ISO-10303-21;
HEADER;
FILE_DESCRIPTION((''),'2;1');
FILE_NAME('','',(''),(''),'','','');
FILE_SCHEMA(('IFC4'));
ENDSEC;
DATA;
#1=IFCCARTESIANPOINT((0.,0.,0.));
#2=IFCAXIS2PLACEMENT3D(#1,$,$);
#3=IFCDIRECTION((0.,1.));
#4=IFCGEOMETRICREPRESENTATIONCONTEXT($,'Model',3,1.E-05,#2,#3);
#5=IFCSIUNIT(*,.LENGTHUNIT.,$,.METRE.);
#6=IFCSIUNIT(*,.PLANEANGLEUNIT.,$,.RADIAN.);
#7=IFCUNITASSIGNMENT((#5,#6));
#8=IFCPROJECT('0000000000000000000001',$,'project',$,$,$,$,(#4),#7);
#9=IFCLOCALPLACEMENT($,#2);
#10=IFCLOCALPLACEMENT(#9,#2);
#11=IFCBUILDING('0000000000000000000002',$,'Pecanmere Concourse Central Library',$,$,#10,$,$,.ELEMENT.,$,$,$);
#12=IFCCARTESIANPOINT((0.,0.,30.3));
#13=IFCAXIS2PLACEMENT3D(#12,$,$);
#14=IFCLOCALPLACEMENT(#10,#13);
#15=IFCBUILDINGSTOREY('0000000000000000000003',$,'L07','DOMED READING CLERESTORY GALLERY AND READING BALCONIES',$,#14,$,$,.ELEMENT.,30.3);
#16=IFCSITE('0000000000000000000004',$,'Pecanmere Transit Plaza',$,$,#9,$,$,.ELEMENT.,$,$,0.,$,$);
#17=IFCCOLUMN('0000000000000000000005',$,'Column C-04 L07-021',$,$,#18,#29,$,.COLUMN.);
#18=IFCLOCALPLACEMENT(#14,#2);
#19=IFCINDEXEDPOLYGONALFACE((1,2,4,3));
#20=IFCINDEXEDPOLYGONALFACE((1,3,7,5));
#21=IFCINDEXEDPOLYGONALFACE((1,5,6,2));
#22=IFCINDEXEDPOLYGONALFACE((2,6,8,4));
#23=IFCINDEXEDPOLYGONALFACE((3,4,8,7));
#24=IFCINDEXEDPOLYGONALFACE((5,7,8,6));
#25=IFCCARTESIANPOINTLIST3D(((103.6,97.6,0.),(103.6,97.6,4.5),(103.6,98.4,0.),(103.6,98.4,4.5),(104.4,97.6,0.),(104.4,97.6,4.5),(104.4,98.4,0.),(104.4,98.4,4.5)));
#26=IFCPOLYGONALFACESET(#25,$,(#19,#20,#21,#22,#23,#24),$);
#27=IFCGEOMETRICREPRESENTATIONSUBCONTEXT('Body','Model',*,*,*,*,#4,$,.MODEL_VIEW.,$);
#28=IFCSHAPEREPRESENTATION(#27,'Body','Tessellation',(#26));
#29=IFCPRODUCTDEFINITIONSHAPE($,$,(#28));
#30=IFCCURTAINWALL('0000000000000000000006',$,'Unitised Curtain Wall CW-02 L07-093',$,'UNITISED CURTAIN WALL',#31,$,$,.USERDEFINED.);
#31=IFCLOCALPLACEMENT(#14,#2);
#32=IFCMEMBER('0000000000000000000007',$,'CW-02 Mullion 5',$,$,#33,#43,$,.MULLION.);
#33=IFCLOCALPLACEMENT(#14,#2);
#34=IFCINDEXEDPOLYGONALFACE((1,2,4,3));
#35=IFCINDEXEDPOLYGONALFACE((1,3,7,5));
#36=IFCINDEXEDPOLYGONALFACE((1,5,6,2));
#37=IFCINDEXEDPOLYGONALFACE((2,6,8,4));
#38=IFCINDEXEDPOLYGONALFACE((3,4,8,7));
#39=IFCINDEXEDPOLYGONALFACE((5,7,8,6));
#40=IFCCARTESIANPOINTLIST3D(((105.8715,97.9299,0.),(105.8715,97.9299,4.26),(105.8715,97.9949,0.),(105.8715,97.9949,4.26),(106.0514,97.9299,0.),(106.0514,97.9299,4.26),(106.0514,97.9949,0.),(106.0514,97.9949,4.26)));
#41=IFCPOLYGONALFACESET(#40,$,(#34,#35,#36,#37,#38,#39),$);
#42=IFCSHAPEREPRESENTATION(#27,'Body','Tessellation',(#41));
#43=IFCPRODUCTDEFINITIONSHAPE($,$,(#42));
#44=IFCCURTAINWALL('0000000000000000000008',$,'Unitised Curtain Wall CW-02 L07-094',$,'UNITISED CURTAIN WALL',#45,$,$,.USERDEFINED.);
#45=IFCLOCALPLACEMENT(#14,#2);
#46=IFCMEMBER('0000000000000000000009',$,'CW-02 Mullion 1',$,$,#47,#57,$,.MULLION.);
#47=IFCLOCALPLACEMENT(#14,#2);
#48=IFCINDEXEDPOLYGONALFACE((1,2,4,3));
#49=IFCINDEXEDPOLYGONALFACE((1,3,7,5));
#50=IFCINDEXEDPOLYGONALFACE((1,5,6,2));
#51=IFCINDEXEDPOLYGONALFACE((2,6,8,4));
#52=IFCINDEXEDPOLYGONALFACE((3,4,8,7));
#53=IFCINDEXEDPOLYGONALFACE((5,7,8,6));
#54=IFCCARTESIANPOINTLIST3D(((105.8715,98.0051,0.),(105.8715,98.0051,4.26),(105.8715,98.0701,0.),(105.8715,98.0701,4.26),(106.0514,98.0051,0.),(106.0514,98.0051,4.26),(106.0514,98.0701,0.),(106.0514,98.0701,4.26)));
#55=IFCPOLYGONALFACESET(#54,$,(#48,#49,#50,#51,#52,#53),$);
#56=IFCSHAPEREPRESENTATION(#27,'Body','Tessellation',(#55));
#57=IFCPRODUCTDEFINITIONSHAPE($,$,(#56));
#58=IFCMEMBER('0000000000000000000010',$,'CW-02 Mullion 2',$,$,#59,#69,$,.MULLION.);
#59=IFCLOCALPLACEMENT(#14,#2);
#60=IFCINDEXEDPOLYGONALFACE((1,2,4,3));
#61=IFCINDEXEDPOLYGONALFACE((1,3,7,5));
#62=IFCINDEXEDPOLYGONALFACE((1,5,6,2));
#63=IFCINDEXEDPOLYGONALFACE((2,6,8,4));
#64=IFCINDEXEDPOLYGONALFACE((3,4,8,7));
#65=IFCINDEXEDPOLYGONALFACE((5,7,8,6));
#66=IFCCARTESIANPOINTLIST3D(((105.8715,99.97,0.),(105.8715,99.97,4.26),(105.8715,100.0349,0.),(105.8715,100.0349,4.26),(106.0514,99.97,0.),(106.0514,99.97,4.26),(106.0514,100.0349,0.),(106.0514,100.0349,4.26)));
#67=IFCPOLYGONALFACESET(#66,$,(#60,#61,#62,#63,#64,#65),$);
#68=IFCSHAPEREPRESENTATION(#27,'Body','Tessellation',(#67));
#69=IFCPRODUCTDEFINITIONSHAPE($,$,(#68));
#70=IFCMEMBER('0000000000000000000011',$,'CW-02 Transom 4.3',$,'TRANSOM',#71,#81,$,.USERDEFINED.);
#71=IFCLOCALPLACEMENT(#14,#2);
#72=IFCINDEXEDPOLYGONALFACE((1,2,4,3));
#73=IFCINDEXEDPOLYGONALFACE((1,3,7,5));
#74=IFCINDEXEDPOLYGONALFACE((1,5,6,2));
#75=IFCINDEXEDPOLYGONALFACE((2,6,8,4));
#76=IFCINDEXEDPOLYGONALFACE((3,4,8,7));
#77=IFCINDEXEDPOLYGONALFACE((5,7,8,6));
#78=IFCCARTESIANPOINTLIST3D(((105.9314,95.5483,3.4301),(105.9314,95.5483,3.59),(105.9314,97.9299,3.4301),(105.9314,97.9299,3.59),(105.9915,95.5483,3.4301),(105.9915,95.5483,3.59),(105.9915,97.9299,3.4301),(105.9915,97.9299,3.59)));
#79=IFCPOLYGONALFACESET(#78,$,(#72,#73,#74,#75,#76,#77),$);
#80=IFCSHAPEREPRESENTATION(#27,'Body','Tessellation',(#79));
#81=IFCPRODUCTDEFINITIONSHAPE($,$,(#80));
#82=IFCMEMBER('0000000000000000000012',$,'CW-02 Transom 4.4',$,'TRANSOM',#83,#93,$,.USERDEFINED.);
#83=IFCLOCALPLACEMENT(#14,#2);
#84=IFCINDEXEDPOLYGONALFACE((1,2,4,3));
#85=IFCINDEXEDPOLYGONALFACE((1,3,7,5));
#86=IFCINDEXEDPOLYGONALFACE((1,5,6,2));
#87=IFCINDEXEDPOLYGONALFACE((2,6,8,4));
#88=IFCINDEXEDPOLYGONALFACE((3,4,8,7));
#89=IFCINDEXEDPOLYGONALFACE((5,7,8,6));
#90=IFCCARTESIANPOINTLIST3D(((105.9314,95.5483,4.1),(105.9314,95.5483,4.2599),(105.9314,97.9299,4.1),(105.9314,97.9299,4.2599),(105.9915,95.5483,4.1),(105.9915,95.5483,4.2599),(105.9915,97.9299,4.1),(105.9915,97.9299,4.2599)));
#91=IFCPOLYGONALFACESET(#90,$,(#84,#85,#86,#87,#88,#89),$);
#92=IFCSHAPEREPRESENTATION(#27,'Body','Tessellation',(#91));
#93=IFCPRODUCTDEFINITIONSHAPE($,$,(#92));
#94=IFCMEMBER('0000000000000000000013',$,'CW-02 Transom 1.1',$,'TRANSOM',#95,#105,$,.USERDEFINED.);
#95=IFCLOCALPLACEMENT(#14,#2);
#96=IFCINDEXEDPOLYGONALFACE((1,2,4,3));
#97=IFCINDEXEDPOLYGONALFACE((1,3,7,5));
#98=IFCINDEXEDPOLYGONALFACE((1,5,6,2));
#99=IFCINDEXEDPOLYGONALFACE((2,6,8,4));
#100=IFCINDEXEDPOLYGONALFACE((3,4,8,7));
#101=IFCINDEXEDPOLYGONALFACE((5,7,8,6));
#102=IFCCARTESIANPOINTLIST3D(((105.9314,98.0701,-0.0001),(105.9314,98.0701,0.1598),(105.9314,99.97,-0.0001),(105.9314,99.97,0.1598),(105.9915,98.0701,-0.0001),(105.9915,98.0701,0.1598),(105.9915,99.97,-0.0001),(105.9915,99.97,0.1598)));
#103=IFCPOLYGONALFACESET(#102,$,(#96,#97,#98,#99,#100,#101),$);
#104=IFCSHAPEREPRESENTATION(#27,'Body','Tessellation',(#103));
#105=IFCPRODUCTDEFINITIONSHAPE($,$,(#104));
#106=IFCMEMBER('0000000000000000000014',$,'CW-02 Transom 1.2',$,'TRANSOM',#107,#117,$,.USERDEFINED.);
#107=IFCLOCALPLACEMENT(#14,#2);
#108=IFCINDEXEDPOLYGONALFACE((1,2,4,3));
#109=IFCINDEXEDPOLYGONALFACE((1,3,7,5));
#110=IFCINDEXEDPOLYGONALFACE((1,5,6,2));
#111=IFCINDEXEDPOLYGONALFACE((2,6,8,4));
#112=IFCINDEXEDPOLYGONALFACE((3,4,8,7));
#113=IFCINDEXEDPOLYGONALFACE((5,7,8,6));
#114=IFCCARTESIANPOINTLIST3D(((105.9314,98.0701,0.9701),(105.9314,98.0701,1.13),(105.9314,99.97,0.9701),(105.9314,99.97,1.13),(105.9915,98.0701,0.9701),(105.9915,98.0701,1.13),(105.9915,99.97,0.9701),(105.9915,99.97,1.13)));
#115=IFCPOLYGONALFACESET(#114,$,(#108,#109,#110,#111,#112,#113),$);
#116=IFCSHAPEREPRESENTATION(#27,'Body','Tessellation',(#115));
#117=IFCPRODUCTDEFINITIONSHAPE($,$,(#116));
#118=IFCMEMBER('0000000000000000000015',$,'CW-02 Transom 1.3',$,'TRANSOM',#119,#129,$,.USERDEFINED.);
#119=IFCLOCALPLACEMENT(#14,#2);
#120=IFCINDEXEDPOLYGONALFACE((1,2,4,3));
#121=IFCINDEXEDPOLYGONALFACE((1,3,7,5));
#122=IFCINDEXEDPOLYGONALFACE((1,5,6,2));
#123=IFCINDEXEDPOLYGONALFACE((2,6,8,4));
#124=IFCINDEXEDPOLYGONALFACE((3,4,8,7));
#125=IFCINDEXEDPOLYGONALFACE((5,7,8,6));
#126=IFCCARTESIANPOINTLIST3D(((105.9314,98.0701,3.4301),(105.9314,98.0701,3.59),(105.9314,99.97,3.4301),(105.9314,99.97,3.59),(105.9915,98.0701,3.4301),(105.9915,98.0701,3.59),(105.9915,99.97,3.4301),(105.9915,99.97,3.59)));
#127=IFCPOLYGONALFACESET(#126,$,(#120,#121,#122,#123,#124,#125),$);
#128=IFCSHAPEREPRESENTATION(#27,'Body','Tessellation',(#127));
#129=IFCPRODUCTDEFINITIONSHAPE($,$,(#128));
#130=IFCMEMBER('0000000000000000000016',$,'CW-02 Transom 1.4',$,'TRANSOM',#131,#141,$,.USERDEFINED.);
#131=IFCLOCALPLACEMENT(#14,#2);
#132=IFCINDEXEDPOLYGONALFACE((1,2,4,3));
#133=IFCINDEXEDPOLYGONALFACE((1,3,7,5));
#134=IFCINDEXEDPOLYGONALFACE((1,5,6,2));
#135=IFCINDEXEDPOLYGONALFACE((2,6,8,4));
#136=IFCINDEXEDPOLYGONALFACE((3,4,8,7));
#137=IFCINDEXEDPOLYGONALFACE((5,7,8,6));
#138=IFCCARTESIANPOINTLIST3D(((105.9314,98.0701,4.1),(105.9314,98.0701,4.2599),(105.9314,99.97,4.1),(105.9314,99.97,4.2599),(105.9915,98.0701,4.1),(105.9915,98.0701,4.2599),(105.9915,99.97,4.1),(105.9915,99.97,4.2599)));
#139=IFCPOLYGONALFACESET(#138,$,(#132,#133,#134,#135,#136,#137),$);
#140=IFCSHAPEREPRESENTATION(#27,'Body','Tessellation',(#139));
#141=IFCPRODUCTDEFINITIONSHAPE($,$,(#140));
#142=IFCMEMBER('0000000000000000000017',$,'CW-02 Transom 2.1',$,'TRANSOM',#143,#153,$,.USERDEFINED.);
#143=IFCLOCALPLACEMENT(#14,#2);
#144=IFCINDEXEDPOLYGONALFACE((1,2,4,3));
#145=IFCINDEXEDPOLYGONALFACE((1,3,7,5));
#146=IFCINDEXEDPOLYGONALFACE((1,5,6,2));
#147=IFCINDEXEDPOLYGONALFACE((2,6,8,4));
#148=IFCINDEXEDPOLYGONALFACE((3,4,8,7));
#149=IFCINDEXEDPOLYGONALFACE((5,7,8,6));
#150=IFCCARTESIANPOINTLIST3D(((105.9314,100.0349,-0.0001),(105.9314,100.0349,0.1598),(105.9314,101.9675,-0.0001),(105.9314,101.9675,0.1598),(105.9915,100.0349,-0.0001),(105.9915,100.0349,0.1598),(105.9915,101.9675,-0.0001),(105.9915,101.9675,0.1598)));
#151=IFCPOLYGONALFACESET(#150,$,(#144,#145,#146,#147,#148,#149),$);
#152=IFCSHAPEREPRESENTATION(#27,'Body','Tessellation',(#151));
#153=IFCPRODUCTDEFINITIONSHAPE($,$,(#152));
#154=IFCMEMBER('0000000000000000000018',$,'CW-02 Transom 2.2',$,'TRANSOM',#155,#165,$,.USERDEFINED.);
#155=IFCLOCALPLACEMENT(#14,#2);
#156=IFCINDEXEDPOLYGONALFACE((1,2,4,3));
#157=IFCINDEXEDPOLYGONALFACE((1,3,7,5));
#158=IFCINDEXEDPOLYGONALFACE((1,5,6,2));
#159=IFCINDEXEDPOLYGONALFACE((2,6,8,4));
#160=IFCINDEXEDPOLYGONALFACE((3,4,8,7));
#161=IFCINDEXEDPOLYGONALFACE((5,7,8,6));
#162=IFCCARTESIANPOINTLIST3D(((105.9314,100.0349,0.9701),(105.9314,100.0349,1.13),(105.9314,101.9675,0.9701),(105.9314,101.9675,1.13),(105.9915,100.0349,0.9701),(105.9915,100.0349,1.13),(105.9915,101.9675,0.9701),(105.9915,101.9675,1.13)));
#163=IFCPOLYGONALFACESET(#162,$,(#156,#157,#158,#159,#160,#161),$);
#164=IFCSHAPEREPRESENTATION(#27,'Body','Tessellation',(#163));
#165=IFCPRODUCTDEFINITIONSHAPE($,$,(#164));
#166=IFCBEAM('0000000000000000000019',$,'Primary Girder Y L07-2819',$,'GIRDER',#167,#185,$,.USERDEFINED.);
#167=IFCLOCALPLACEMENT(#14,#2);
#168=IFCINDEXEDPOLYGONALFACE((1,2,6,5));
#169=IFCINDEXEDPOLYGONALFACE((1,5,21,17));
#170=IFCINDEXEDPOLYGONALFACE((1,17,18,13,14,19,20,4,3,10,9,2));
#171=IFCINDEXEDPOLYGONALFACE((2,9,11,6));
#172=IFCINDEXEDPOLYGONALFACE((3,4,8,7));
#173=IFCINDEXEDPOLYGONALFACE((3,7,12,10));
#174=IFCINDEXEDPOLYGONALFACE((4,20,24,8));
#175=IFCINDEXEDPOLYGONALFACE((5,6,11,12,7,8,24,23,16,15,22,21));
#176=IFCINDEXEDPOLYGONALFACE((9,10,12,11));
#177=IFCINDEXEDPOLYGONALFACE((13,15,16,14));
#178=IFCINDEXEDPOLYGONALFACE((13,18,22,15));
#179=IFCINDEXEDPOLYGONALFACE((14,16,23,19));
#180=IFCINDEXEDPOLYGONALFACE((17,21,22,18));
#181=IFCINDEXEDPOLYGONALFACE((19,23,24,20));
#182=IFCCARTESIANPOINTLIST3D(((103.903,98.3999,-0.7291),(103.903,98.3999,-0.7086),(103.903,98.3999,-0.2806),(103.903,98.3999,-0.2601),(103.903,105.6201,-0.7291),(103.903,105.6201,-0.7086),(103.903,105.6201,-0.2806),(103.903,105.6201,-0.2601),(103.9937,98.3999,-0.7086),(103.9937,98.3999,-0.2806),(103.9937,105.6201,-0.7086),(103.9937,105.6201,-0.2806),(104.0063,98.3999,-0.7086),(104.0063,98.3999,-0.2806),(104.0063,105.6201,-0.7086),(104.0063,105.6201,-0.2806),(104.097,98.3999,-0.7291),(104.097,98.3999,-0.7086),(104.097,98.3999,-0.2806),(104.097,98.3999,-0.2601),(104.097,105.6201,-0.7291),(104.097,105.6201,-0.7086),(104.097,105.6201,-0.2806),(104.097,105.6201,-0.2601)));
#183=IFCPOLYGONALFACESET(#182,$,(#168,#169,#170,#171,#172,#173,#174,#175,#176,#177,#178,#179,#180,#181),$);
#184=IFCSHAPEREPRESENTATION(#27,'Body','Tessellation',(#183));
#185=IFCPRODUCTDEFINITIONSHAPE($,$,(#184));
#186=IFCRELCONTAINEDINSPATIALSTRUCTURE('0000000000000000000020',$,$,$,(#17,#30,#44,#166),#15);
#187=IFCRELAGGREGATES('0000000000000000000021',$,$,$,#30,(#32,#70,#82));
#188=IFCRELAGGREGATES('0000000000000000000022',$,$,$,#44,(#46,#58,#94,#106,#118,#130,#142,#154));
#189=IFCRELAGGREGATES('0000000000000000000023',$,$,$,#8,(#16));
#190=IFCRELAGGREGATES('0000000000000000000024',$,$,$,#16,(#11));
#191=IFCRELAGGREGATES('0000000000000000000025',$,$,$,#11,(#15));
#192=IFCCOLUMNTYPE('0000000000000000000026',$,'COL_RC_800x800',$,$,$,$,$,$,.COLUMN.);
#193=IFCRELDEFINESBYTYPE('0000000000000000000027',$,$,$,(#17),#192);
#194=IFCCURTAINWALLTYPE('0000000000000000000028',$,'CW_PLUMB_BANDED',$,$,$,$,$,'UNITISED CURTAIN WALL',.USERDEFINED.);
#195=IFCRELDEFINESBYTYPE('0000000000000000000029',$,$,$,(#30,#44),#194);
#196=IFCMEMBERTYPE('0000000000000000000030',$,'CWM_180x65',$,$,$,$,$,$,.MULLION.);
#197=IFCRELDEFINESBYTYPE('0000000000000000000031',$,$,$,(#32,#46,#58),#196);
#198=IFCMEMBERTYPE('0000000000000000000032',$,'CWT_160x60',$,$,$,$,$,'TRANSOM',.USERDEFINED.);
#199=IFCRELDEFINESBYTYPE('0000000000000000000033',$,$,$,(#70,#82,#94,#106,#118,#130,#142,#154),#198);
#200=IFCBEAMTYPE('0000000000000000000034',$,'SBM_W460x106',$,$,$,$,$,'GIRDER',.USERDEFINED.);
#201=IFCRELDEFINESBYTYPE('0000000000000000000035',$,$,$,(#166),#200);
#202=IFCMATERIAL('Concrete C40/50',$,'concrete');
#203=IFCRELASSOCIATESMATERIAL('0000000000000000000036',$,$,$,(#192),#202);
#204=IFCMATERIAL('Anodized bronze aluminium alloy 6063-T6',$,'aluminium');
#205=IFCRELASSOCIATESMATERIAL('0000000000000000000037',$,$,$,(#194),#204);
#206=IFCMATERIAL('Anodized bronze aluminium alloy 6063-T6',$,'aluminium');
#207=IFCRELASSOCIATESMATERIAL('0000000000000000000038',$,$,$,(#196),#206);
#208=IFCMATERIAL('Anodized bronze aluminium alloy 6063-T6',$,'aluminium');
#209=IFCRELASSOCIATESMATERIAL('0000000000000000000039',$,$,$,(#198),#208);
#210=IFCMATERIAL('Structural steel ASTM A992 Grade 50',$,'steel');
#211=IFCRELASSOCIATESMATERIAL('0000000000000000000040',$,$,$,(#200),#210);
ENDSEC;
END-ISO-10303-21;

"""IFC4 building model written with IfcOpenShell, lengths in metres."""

from ifc_helpers import new_model, si_unit, direction, frame, origin, origin_2d, place, context, subcontext, project, spatial, rectangle, i_section, extrude, material, material_profile, profile_set, type_object, element, aggregate, save


model = new_model("IFC4")

# Units and contexts
model_context = context("Model", 3, precision=1e-05, world=origin(), true_north=direction((0.0, 1.0)))
body_context = subcontext(model_context, "Body", "Model", "MODEL_VIEW")
ifc_project = project(units=[si_unit("LENGTHUNIT", "METRE"), si_unit("PLANEANGLEUNIT", "RADIAN")], contexts=[model_context])

# Site, building, storey
site_placement = place(None, origin())
site = spatial("IfcSite", under=ifc_project, at=site_placement, Name="Pecanmere Transit Plaza", CompositionType="ELEMENT", RefElevation=0.0)
building_placement = place(site_placement, origin())
building = spatial("IfcBuilding", under=site, at=building_placement, Name="Pecanmere Concourse Central Library", CompositionType="ELEMENT")
storey_placement = place(building_placement, frame((0.0, 0.0, 30.3)))
storey = spatial("IfcBuildingStorey", under=building, at=storey_placement, Name="L07", Description="DOMED READING CLERESTORY GALLERY AND READING BALCONIES", CompositionType="ELEMENT", Elevation=30.3)

# Column
ifc_material_1 = material(Name="Concrete C40/50", Category="concrete")
ifc_material_profile_1 = material_profile(ifc_material_1, rectangle(XDim=0.8, YDim=0.8, at=origin_2d()), Name="RC 800x800")
ifc_profile_set_1 = profile_set([ifc_material_profile_1], Name="Concrete C40/50")
column_type = type_object("IfcColumnType", Name="COL_RC_800x800", PredefinedType="COLUMN", material=ifc_profile_set_1)
column_placement = place(storey_placement, frame((104.0, 98.0, 0.0), z_axis=(0.0, 0.0, 1.0), x_axis=(1.0, 0.0, 0.0)))
element("IfcColumn", 1, at=column_placement, inside=storey, type_object=column_type, Name="Column C-04 L07-021", PredefinedType="COLUMN", context=body_context, shape_type="SweptSolid", body=[
    extrude(rectangle(XDim=0.8, YDim=0.8, at=origin_2d()), origin(), (0.0, 0.0, 1.0), 4.5),
])

# Curtain wall, member
ifc_material_2 = material(Name="Anodized bronze aluminium alloy 6063-T6", Category="aluminium")
curtain_wall_type = type_object("IfcCurtainWallType", Name="CW_PLUMB_BANDED", ElementType="UNITISED CURTAIN WALL", PredefinedType="USERDEFINED", material=ifc_material_2)
curtain_wall_1_placement = place(storey_placement, origin())
curtain_wall_1 = element("IfcCurtainWall", 2, at=curtain_wall_1_placement, inside=storey, type_object=curtain_wall_type, Name="Unitised Curtain Wall CW-02 L07-093", ObjectType="UNITISED CURTAIN WALL", PredefinedType="USERDEFINED")
ifc_material_3 = material(Name="Anodized bronze aluminium alloy 6063-T6", Category="aluminium")
ifc_material_profile_2 = material_profile(ifc_material_3, rectangle(XDim=0.0649, YDim=0.1799, at=origin_2d()), Name="AL 65x180")
ifc_profile_set_2 = profile_set([ifc_material_profile_2], Name="Anodized bronze aluminium alloy 6063-T6")
member_type_1 = type_object("IfcMemberType", Name="CWM_180x65", PredefinedType="MULLION", material=ifc_profile_set_2)
member_1_placement = place(storey_placement, frame((105.9614, 97.9624, 0.0), z_axis=(0.0, 0.0, 1.0), x_axis=(0.0, 1.0, 0.0)))
member_1 = element("IfcMember", 3, at=member_1_placement, type_object=member_type_1, Name="CW-02 Mullion 5", PredefinedType="MULLION", context=body_context, shape_type="SweptSolid", body=[
    extrude(rectangle(XDim=0.0649, YDim=0.1799, at=origin_2d()), origin(), (0.0, 0.0, 1.0), 4.26),
])

# Curtain wall, members
curtain_wall_2_placement = place(storey_placement, origin())
curtain_wall_2 = element("IfcCurtainWall", 4, at=curtain_wall_2_placement, inside=storey, type_object=curtain_wall_type, Name="Unitised Curtain Wall CW-02 L07-094", ObjectType="UNITISED CURTAIN WALL", PredefinedType="USERDEFINED")
member_2_placement = place(storey_placement, frame((105.9614, 98.0376, 0.0), z_axis=(0.0, 0.0, 1.0), x_axis=(0.0, 1.0, 0.0)))
member_2 = element("IfcMember", 5, at=member_2_placement, type_object=member_type_1, Name="CW-02 Mullion 1", PredefinedType="MULLION", context=body_context, shape_type="SweptSolid", body=[
    extrude(rectangle(XDim=0.0649, YDim=0.1799, at=origin_2d()), origin(), (0.0, 0.0, 1.0), 4.26),
])
member_3_placement = place(storey_placement, frame((105.9614, 100.0024, 0.0), z_axis=(0.0, 0.0, 1.0), x_axis=(0.0, 1.0, 0.0)))
member_3 = element("IfcMember", 6, at=member_3_placement, type_object=member_type_1, Name="CW-02 Mullion 2", PredefinedType="MULLION", context=body_context, shape_type="SweptSolid", body=[
    extrude(rectangle(XDim=0.0649, YDim=0.1799, at=origin_2d()), origin(), (0.0, 0.0, 1.0), 4.26),
])

# Members
ifc_material_4 = material(Name="Anodized bronze aluminium alloy 6063-T6", Category="aluminium")
ifc_material_profile_3 = material_profile(ifc_material_4, rectangle(XDim=0.0601, YDim=0.1599, at=origin_2d()), Name="AL 60x160")
ifc_profile_set_3 = profile_set([ifc_material_profile_3], Name="Anodized bronze aluminium alloy 6063-T6")
member_type_2 = type_object("IfcMemberType", Name="CWT_160x60", ElementType="TRANSOM", PredefinedType="USERDEFINED", material=ifc_profile_set_3)
member_4_placement = place(storey_placement, frame((105.9614, 95.5483, 3.51), z_axis=(0.0, 1.0, 0.0), x_axis=(-1.0, 0.0, 0.0)))
member_4 = element("IfcMember", 7, at=member_4_placement, type_object=member_type_2, Name="CW-02 Transom 4.3", ObjectType="TRANSOM", PredefinedType="USERDEFINED", context=body_context, shape_type="SweptSolid", body=[
    extrude(rectangle(XDim=0.0601, YDim=0.1599, at=origin_2d()), origin(), (0.0, 0.0, 1.0), 2.3816),
])
member_5_placement = place(storey_placement, frame((105.9614, 95.5483, 4.1799), z_axis=(0.0, 1.0, 0.0), x_axis=(-1.0, 0.0, 0.0)))
member_5 = element("IfcMember", 8, at=member_5_placement, type_object=member_type_2, Name="CW-02 Transom 4.4", ObjectType="TRANSOM", PredefinedType="USERDEFINED", context=body_context, shape_type="SweptSolid", body=[
    extrude(rectangle(XDim=0.0601, YDim=0.1599, at=origin_2d()), origin(), (0.0, 0.0, 1.0), 2.3816),
])
member_6_placement = place(storey_placement, frame((105.9614, 98.0701, 0.0798), z_axis=(0.0, 1.0, 0.0), x_axis=(-1.0, 0.0, 0.0)))
member_6 = element("IfcMember", 9, at=member_6_placement, type_object=member_type_2, Name="CW-02 Transom 1.1", ObjectType="TRANSOM", PredefinedType="USERDEFINED", context=body_context, shape_type="SweptSolid", body=[
    extrude(rectangle(XDim=0.0601, YDim=0.1599, at=origin_2d()), origin(), (0.0, 0.0, 1.0), 1.8999),
])
member_7_placement = place(storey_placement, frame((105.9614, 98.0701, 1.05), z_axis=(0.0, 1.0, 0.0), x_axis=(-1.0, 0.0, 0.0)))
member_7 = element("IfcMember", 10, at=member_7_placement, type_object=member_type_2, Name="CW-02 Transom 1.2", ObjectType="TRANSOM", PredefinedType="USERDEFINED", context=body_context, shape_type="SweptSolid", body=[
    extrude(rectangle(XDim=0.0601, YDim=0.1599, at=origin_2d()), origin(), (0.0, 0.0, 1.0), 1.8999),
])
member_8_placement = place(storey_placement, frame((105.9614, 98.0701, 3.51), z_axis=(0.0, 1.0, 0.0), x_axis=(-1.0, 0.0, 0.0)))
member_8 = element("IfcMember", 11, at=member_8_placement, type_object=member_type_2, Name="CW-02 Transom 1.3", ObjectType="TRANSOM", PredefinedType="USERDEFINED", context=body_context, shape_type="SweptSolid", body=[
    extrude(rectangle(XDim=0.0601, YDim=0.1599, at=origin_2d()), origin(), (0.0, 0.0, 1.0), 1.8999),
])
member_9_placement = place(storey_placement, frame((105.9614, 98.0701, 4.1799), z_axis=(0.0, 1.0, 0.0), x_axis=(-1.0, 0.0, 0.0)))
member_9 = element("IfcMember", 12, at=member_9_placement, type_object=member_type_2, Name="CW-02 Transom 1.4", ObjectType="TRANSOM", PredefinedType="USERDEFINED", context=body_context, shape_type="SweptSolid", body=[
    extrude(rectangle(XDim=0.0601, YDim=0.1599, at=origin_2d()), origin(), (0.0, 0.0, 1.0), 1.8999),
])
member_10_placement = place(storey_placement, frame((105.9614, 100.0349, 0.0798), z_axis=(0.0, 1.0, 0.0), x_axis=(-1.0, 0.0, 0.0)))
member_10 = element("IfcMember", 13, at=member_10_placement, type_object=member_type_2, Name="CW-02 Transom 2.1", ObjectType="TRANSOM", PredefinedType="USERDEFINED", context=body_context, shape_type="SweptSolid", body=[
    extrude(rectangle(XDim=0.0601, YDim=0.1599, at=origin_2d()), origin(), (0.0, 0.0, 1.0), 1.9326),
])
member_11_placement = place(storey_placement, frame((105.9614, 100.0349, 1.05), z_axis=(0.0, 1.0, 0.0), x_axis=(-1.0, 0.0, 0.0)))
member_11 = element("IfcMember", 14, at=member_11_placement, type_object=member_type_2, Name="CW-02 Transom 2.2", ObjectType="TRANSOM", PredefinedType="USERDEFINED", context=body_context, shape_type="SweptSolid", body=[
    extrude(rectangle(XDim=0.0601, YDim=0.1599, at=origin_2d()), origin(), (0.0, 0.0, 1.0), 1.9326),
])

# Beam
ifc_material_5 = material(Name="Structural steel ASTM A992 Grade 50", Category="steel")
ifc_material_profile_4 = material_profile(ifc_material_5, i_section(OverallWidth=0.1941, OverallDepth=0.469, WebThickness=0.0127, FlangeThickness=0.0205, at=origin_2d()), Name="W460x106")
ifc_profile_set_4 = profile_set([ifc_material_profile_4], Name="Structural steel ASTM A992 Grade 50")
beam_type_1 = type_object("IfcBeamType", Name="SBM_W460x106", ElementType="GIRDER", PredefinedType="USERDEFINED", material=ifc_profile_set_4)
beam_1_placement = place(storey_placement, frame((104.0, 98.3999, -0.4946), z_axis=(0.0, 1.0, 0.0), x_axis=(-1.0, 0.0, 0.0)))
element("IfcBeam", 15, at=beam_1_placement, inside=storey, type_object=beam_type_1, Name="Primary Girder Y L07-2819", ObjectType="GIRDER", PredefinedType="USERDEFINED", context=body_context, shape_type="SweptSolid", body=[
    extrude(i_section(OverallWidth=0.1941, OverallDepth=0.469, WebThickness=0.0127, FlangeThickness=0.0205, at=origin_2d()), origin(), (0.0, 0.0, 1.0), 7.2202),
])

aggregate(curtain_wall_1, [member_1, member_4, member_5])
aggregate(curtain_wall_2, [member_2, member_3, member_6, member_7, member_8, member_9, member_10, member_11])

save(model, "model.ifc")
